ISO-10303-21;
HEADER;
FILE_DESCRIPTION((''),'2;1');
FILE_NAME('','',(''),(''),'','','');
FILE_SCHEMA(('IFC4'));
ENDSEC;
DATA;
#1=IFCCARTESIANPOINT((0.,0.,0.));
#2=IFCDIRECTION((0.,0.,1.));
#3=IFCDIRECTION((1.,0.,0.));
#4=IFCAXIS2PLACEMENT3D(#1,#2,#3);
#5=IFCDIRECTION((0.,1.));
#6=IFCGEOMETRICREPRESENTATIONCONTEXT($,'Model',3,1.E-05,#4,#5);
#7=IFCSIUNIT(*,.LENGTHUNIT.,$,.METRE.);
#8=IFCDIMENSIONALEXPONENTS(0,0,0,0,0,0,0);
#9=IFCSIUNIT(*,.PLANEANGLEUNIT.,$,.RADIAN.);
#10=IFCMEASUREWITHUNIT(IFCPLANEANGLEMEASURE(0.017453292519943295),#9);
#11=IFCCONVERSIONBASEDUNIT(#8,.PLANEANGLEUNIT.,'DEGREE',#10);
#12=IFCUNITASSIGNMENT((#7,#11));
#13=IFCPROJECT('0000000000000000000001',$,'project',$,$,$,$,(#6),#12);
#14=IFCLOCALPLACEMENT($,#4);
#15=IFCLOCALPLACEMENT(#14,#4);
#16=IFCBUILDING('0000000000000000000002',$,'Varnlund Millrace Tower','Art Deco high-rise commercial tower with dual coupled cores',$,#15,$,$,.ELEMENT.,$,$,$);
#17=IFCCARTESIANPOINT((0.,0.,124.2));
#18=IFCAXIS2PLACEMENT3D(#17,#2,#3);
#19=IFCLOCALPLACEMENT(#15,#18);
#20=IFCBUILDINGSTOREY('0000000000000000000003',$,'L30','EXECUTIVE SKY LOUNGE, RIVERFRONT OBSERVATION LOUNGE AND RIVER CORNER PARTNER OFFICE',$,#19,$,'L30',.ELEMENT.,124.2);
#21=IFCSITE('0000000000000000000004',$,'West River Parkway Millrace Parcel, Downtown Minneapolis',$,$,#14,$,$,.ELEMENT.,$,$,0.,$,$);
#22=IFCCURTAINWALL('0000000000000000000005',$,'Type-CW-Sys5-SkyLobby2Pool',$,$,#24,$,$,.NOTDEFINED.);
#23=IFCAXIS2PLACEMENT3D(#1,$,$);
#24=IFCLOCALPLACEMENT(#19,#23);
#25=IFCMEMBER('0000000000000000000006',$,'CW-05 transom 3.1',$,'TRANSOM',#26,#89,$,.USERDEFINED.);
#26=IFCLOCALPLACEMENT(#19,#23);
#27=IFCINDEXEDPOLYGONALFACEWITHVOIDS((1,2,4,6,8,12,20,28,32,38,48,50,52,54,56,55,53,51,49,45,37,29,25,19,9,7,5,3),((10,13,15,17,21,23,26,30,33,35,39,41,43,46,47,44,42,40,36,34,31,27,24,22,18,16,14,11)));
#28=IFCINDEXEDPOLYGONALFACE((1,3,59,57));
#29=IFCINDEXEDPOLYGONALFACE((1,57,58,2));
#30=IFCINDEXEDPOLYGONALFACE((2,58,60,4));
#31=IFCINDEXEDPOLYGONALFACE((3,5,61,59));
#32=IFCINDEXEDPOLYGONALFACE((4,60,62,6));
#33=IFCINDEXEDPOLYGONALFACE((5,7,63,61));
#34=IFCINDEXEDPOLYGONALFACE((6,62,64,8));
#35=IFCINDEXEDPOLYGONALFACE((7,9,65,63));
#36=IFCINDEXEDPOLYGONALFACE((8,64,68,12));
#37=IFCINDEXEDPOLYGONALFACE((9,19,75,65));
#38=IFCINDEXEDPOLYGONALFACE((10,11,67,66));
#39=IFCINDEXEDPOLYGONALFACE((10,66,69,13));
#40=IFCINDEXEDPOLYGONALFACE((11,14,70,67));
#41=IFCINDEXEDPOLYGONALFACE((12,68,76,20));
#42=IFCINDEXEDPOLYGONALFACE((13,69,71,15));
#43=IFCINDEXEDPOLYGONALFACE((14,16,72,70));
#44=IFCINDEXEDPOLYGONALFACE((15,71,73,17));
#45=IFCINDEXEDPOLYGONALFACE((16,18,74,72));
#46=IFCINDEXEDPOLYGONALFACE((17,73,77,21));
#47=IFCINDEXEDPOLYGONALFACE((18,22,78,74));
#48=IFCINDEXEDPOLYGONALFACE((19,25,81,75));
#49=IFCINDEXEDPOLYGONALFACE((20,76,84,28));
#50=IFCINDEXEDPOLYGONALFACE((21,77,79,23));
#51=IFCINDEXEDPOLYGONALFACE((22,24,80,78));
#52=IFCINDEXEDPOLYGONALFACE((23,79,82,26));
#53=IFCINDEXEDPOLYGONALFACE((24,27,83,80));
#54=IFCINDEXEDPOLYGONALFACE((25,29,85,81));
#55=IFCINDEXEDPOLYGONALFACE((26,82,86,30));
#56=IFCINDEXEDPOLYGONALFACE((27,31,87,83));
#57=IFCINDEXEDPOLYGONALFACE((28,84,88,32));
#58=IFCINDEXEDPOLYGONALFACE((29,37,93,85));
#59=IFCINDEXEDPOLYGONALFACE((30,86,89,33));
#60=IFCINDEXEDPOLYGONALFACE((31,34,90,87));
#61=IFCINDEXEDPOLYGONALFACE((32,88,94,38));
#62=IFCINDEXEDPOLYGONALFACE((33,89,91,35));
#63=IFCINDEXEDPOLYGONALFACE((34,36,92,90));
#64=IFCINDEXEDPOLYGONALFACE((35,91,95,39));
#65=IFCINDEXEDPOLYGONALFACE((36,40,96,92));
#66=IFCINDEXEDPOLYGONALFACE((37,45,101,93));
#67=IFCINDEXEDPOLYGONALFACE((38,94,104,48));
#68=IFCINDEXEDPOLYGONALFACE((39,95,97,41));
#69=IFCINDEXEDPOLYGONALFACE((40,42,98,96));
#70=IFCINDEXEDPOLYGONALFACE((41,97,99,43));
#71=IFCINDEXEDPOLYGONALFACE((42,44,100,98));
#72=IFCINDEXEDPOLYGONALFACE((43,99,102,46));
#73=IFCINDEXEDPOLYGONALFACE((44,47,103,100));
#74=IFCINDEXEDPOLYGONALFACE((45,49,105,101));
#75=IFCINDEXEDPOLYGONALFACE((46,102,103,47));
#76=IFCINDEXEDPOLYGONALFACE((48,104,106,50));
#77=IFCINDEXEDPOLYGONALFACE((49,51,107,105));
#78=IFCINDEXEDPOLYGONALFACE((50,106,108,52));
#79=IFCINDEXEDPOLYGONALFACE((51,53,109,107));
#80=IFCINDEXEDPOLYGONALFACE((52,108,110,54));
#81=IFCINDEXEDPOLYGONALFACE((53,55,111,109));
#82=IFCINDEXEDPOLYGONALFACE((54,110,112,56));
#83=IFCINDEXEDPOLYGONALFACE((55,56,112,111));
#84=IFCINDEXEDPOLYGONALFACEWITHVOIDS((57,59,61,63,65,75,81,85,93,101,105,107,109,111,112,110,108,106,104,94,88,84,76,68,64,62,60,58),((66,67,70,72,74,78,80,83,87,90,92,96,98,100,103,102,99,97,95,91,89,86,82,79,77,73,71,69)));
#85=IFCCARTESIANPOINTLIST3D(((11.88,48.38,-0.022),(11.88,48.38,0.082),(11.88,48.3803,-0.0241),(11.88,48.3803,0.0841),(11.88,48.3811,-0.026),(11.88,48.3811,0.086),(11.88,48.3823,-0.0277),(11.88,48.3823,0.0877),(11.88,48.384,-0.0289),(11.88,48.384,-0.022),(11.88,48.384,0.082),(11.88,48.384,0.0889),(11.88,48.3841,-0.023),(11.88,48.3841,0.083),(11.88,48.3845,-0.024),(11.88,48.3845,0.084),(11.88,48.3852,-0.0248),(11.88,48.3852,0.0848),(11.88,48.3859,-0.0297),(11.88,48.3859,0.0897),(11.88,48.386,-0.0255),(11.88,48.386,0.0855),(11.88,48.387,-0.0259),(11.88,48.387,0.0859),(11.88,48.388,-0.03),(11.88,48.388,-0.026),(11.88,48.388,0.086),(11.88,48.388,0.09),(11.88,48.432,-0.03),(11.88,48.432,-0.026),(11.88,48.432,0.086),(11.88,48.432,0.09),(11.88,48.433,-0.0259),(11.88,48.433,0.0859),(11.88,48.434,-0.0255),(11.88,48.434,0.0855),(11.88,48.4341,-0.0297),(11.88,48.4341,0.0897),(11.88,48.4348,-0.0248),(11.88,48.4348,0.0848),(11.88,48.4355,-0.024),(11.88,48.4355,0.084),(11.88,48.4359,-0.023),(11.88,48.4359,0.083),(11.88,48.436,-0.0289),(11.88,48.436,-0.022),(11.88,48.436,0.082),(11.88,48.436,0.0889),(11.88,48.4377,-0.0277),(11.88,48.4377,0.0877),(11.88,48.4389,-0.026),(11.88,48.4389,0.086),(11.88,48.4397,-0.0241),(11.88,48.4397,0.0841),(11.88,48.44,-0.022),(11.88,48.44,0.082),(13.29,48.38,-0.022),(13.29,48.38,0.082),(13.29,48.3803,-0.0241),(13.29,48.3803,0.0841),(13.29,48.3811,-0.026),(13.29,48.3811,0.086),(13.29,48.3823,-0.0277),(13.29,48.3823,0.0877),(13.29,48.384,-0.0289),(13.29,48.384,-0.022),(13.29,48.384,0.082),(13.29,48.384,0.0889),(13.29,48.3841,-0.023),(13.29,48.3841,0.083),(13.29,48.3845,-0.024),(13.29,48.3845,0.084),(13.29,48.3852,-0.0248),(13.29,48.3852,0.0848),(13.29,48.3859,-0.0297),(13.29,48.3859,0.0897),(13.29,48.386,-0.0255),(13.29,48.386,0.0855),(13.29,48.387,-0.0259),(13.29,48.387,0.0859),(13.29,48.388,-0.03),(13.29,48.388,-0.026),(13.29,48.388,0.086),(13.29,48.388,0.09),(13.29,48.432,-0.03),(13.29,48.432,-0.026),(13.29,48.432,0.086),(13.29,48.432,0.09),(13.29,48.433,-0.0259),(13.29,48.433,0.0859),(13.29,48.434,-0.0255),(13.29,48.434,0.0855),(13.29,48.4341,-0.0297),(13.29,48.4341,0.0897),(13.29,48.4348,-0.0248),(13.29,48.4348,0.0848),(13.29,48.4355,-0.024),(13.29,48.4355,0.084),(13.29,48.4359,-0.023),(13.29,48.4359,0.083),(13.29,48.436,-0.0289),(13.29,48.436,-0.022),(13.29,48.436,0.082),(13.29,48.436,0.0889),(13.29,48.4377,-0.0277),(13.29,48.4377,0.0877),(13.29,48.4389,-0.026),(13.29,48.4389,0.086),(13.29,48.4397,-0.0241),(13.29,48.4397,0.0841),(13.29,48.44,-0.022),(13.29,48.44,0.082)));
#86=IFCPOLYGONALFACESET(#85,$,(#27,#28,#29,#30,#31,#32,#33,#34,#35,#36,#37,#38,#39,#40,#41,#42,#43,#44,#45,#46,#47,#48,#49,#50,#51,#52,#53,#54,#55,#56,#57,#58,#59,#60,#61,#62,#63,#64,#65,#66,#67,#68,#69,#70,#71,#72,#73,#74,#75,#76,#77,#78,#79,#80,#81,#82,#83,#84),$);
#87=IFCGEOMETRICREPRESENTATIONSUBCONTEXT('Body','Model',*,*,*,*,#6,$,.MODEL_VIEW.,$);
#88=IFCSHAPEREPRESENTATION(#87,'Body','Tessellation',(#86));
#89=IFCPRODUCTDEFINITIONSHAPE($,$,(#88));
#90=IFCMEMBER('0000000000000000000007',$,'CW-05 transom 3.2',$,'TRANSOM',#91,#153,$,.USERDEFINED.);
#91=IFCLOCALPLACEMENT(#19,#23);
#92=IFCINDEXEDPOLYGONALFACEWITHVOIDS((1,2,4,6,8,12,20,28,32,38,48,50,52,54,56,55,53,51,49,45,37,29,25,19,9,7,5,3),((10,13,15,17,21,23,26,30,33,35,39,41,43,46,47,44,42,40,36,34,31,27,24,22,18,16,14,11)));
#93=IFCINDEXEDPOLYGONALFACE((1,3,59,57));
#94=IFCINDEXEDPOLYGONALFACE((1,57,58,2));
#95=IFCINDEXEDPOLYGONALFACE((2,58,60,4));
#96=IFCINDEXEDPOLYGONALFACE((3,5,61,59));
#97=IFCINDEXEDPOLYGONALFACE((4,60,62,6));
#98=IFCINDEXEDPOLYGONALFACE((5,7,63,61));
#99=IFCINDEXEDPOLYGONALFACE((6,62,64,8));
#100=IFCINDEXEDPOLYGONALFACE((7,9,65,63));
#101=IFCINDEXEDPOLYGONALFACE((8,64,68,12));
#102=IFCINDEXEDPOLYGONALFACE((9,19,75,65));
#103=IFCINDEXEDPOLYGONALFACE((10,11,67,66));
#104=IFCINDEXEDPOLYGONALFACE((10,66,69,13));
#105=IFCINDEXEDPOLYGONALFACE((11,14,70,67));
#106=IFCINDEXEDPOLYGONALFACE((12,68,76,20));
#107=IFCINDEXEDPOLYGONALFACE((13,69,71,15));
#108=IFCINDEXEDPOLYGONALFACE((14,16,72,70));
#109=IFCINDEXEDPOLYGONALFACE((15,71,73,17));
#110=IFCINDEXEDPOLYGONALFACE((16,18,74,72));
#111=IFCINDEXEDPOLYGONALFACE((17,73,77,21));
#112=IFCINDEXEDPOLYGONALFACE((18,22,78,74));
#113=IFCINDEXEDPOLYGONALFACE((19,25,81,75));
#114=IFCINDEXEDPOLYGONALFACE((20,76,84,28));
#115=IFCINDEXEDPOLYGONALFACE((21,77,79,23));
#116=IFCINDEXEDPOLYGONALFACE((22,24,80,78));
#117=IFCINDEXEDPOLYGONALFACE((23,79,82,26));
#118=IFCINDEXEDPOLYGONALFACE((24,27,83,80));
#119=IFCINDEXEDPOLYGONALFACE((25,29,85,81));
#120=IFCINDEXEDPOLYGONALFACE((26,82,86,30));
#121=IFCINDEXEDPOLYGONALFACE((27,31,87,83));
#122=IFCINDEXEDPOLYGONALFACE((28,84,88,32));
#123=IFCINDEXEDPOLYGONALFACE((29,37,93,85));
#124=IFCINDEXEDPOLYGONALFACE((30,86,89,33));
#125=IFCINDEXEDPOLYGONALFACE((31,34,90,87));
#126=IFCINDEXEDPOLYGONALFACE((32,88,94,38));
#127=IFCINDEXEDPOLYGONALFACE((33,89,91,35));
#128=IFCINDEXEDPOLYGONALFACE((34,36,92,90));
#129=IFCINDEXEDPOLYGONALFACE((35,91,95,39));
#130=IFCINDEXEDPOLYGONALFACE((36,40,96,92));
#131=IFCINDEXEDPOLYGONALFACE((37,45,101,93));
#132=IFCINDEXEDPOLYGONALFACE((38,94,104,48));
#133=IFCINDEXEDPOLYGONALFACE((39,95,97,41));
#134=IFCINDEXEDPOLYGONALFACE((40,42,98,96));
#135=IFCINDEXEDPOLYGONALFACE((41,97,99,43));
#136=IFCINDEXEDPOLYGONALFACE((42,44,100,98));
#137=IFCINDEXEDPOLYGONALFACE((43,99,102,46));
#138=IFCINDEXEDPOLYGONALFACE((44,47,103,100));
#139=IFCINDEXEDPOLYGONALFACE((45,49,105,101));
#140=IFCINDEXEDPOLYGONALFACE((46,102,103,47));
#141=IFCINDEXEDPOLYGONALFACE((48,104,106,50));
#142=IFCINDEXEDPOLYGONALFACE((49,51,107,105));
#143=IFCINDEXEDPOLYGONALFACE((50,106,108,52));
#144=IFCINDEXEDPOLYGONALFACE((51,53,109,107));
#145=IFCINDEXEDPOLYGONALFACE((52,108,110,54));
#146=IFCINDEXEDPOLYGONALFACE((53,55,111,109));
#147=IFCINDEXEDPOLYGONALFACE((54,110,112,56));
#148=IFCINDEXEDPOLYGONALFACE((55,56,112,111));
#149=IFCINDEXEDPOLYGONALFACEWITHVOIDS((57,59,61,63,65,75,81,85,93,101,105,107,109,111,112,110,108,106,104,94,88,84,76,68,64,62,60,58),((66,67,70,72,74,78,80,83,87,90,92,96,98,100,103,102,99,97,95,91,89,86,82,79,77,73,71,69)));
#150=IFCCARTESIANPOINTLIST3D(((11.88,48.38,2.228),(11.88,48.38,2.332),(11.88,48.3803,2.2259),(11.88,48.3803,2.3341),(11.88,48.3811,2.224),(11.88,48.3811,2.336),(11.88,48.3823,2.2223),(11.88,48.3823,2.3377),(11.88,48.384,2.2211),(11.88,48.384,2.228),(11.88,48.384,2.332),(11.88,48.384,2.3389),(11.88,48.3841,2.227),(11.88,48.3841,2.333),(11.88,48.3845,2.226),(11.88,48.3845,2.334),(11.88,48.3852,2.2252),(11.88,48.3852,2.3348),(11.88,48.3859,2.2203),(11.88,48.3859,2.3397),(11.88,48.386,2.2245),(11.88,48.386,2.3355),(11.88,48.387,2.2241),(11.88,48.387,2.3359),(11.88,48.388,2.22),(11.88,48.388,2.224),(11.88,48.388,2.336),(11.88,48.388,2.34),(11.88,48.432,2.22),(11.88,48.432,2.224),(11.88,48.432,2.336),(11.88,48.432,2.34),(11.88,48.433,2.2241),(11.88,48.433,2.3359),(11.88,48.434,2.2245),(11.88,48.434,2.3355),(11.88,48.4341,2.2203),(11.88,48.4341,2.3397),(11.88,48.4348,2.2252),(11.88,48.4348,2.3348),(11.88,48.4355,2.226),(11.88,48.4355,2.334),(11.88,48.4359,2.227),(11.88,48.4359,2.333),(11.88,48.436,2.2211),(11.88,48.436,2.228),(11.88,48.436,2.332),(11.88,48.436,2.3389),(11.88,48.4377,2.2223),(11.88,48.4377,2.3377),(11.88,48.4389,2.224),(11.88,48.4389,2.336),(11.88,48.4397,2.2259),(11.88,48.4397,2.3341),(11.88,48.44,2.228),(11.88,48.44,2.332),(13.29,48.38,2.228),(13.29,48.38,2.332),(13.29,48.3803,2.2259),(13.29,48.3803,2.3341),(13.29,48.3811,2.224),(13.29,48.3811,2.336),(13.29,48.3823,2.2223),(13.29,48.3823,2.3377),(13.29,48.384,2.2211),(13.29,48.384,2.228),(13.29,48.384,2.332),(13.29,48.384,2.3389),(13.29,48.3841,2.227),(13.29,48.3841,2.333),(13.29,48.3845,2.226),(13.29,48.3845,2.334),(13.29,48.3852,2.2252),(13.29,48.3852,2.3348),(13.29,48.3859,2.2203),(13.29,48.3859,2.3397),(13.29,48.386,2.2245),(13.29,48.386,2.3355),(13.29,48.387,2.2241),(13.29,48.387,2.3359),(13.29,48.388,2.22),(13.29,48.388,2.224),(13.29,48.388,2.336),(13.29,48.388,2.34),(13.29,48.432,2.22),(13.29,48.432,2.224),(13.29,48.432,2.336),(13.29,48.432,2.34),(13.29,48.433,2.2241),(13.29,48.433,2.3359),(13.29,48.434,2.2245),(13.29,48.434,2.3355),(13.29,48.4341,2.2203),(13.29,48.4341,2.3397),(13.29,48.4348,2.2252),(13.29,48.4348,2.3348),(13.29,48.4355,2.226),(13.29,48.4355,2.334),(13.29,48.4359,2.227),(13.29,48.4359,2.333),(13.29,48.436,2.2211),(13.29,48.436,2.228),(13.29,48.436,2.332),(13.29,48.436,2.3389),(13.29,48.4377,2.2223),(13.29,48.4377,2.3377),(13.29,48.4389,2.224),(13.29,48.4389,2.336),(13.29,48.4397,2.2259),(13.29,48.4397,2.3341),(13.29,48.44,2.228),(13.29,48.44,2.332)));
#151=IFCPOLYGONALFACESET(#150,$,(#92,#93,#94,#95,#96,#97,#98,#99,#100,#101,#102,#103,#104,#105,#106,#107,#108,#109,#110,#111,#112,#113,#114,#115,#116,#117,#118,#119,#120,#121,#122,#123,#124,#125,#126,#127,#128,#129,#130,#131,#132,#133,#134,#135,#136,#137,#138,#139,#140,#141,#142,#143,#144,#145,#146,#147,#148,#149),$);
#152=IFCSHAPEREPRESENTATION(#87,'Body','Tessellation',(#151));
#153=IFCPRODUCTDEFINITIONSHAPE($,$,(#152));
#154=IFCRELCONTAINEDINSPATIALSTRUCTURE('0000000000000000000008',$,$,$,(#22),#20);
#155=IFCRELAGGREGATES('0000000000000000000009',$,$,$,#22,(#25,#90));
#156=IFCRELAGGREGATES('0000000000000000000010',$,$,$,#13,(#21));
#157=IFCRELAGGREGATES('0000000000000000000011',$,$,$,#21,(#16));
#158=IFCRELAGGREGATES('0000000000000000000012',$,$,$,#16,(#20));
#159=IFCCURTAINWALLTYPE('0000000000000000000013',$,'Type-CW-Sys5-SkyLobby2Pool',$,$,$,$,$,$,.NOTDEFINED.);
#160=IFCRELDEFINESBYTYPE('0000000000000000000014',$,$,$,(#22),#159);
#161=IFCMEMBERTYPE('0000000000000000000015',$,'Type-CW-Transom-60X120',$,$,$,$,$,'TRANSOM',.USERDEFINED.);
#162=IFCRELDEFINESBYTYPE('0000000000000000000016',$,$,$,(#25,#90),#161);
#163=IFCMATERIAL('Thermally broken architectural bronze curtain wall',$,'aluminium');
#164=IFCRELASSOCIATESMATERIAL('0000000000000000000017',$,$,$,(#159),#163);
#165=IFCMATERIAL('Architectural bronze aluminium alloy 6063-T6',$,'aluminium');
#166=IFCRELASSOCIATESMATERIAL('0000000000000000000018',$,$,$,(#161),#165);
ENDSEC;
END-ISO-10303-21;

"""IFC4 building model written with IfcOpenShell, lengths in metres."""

from ifc_helpers import new_model, entity, si_unit, converted_unit, direction, frame, origin_with_axes, origin_2d_with_axis, place, context, subcontext, project, spatial, hollow_rectangle, extrude, material, material_profile, profile_set, type_object, element, aggregate, save


model = new_model("IFC4")

# Units and contexts
model_context = context("Model", 3, precision=1e-05, world=origin_with_axes(), true_north=direction((0.0, 1.0)))
body_context = subcontext(model_context, "Body", "Model", "MODEL_VIEW")
ifc_project = project(units=[si_unit("LENGTHUNIT", "METRE"), converted_unit("PLANEANGLEUNIT", "DEGREE", entity("IfcPlaneAngleMeasure", 0.017453292519943295), si_unit("PLANEANGLEUNIT", "RADIAN"), dimensions=[0, 0, 0, 0, 0, 0, 0])], contexts=[model_context])

# Site, building, storey
site_placement = place(None, origin_with_axes())
site = spatial("IfcSite", under=ifc_project, at=site_placement, Name="West River Parkway Millrace Parcel, Downtown Minneapolis", CompositionType="ELEMENT", RefElevation=0.0)
building_placement = place(site_placement, origin_with_axes())
building = spatial("IfcBuilding", under=site, at=building_placement, Name="Varnlund Millrace Tower", Description="Art Deco high-rise commercial tower with dual coupled cores", CompositionType="ELEMENT")
storey_placement = place(building_placement, frame((0.0, 0.0, 124.2), z_axis=(0.0, 0.0, 1.0), x_axis=(1.0, 0.0, 0.0)))
storey = spatial("IfcBuildingStorey", under=building, at=storey_placement, Name="L30", Description="EXECUTIVE SKY LOUNGE, RIVERFRONT OBSERVATION LOUNGE AND RIVER CORNER PARTNER OFFICE", LongName="L30", CompositionType="ELEMENT", Elevation=124.2)

# Curtain wall, members
ifc_material_1 = material(Name="Thermally broken architectural bronze curtain wall", Category="aluminium")
curtain_wall_type = type_object("IfcCurtainWallType", Name="Type-CW-Sys5-SkyLobby2Pool", PredefinedType="NOTDEFINED", material=ifc_material_1)
curtain_wall_placement = place(storey_placement, frame((8.85, 48.41, 0.0), z_axis=(0.0, 0.0, 1.0), x_axis=(1.0, 0.0, 0.0)))
curtain_wall = element("IfcCurtainWall", 1, at=curtain_wall_placement, inside=storey, type_object=curtain_wall_type, Name="Type-CW-Sys5-SkyLobby2Pool", PredefinedType="NOTDEFINED")
ifc_material_2 = material(Name="Architectural bronze aluminium alloy 6063-T6", Category="aluminium")
ifc_material_profile_1 = material_profile(ifc_material_2, hollow_rectangle(XDim=0.06, YDim=0.12, WallThickness=0.004, InnerFilletRadius=0.004, OuterFilletRadius=0.008, at=origin_2d_with_axis()), Name="Architectural bronze aluminium alloy 6063-T6")
ifc_profile_set_1 = profile_set([ifc_material_profile_1], Name="Architectural bronze aluminium alloy 6063-T6")
member_type = type_object("IfcMemberType", Name="Type-CW-Transom-60X120", ElementType="TRANSOM", PredefinedType="USERDEFINED", material=ifc_profile_set_1)
member_1_placement = place(storey_placement, frame((11.88, 48.41, 0.03), z_axis=(1.0, 0.0, 0.0), x_axis=(0.0, 1.0, 0.0)))
member_1 = element("IfcMember", 2, at=member_1_placement, type_object=member_type, Name="CW-05 transom 3.1", ObjectType="TRANSOM", PredefinedType="USERDEFINED", context=body_context, shape_type="SweptSolid", body=[
    extrude(hollow_rectangle(XDim=0.06, YDim=0.12, WallThickness=0.004, InnerFilletRadius=0.004, OuterFilletRadius=0.008, at=origin_2d_with_axis()), origin_with_axes(), (0.0, 0.0, 1.0), 1.41),
])
member_2_placement = place(storey_placement, frame((11.88, 48.41, 2.28), z_axis=(1.0, 0.0, 0.0), x_axis=(0.0, 1.0, 0.0)))
member_2 = element("IfcMember", 3, at=member_2_placement, type_object=member_type, Name="CW-05 transom 3.2", ObjectType="TRANSOM", PredefinedType="USERDEFINED", context=body_context, shape_type="SweptSolid", body=[
    extrude(hollow_rectangle(XDim=0.06, YDim=0.12, WallThickness=0.004, InnerFilletRadius=0.004, OuterFilletRadius=0.008, at=origin_2d_with_axis()), origin_with_axes(), (0.0, 0.0, 1.0), 1.41),
])

aggregate(curtain_wall, [member_1, member_2])

save(model, "model.ifc")
